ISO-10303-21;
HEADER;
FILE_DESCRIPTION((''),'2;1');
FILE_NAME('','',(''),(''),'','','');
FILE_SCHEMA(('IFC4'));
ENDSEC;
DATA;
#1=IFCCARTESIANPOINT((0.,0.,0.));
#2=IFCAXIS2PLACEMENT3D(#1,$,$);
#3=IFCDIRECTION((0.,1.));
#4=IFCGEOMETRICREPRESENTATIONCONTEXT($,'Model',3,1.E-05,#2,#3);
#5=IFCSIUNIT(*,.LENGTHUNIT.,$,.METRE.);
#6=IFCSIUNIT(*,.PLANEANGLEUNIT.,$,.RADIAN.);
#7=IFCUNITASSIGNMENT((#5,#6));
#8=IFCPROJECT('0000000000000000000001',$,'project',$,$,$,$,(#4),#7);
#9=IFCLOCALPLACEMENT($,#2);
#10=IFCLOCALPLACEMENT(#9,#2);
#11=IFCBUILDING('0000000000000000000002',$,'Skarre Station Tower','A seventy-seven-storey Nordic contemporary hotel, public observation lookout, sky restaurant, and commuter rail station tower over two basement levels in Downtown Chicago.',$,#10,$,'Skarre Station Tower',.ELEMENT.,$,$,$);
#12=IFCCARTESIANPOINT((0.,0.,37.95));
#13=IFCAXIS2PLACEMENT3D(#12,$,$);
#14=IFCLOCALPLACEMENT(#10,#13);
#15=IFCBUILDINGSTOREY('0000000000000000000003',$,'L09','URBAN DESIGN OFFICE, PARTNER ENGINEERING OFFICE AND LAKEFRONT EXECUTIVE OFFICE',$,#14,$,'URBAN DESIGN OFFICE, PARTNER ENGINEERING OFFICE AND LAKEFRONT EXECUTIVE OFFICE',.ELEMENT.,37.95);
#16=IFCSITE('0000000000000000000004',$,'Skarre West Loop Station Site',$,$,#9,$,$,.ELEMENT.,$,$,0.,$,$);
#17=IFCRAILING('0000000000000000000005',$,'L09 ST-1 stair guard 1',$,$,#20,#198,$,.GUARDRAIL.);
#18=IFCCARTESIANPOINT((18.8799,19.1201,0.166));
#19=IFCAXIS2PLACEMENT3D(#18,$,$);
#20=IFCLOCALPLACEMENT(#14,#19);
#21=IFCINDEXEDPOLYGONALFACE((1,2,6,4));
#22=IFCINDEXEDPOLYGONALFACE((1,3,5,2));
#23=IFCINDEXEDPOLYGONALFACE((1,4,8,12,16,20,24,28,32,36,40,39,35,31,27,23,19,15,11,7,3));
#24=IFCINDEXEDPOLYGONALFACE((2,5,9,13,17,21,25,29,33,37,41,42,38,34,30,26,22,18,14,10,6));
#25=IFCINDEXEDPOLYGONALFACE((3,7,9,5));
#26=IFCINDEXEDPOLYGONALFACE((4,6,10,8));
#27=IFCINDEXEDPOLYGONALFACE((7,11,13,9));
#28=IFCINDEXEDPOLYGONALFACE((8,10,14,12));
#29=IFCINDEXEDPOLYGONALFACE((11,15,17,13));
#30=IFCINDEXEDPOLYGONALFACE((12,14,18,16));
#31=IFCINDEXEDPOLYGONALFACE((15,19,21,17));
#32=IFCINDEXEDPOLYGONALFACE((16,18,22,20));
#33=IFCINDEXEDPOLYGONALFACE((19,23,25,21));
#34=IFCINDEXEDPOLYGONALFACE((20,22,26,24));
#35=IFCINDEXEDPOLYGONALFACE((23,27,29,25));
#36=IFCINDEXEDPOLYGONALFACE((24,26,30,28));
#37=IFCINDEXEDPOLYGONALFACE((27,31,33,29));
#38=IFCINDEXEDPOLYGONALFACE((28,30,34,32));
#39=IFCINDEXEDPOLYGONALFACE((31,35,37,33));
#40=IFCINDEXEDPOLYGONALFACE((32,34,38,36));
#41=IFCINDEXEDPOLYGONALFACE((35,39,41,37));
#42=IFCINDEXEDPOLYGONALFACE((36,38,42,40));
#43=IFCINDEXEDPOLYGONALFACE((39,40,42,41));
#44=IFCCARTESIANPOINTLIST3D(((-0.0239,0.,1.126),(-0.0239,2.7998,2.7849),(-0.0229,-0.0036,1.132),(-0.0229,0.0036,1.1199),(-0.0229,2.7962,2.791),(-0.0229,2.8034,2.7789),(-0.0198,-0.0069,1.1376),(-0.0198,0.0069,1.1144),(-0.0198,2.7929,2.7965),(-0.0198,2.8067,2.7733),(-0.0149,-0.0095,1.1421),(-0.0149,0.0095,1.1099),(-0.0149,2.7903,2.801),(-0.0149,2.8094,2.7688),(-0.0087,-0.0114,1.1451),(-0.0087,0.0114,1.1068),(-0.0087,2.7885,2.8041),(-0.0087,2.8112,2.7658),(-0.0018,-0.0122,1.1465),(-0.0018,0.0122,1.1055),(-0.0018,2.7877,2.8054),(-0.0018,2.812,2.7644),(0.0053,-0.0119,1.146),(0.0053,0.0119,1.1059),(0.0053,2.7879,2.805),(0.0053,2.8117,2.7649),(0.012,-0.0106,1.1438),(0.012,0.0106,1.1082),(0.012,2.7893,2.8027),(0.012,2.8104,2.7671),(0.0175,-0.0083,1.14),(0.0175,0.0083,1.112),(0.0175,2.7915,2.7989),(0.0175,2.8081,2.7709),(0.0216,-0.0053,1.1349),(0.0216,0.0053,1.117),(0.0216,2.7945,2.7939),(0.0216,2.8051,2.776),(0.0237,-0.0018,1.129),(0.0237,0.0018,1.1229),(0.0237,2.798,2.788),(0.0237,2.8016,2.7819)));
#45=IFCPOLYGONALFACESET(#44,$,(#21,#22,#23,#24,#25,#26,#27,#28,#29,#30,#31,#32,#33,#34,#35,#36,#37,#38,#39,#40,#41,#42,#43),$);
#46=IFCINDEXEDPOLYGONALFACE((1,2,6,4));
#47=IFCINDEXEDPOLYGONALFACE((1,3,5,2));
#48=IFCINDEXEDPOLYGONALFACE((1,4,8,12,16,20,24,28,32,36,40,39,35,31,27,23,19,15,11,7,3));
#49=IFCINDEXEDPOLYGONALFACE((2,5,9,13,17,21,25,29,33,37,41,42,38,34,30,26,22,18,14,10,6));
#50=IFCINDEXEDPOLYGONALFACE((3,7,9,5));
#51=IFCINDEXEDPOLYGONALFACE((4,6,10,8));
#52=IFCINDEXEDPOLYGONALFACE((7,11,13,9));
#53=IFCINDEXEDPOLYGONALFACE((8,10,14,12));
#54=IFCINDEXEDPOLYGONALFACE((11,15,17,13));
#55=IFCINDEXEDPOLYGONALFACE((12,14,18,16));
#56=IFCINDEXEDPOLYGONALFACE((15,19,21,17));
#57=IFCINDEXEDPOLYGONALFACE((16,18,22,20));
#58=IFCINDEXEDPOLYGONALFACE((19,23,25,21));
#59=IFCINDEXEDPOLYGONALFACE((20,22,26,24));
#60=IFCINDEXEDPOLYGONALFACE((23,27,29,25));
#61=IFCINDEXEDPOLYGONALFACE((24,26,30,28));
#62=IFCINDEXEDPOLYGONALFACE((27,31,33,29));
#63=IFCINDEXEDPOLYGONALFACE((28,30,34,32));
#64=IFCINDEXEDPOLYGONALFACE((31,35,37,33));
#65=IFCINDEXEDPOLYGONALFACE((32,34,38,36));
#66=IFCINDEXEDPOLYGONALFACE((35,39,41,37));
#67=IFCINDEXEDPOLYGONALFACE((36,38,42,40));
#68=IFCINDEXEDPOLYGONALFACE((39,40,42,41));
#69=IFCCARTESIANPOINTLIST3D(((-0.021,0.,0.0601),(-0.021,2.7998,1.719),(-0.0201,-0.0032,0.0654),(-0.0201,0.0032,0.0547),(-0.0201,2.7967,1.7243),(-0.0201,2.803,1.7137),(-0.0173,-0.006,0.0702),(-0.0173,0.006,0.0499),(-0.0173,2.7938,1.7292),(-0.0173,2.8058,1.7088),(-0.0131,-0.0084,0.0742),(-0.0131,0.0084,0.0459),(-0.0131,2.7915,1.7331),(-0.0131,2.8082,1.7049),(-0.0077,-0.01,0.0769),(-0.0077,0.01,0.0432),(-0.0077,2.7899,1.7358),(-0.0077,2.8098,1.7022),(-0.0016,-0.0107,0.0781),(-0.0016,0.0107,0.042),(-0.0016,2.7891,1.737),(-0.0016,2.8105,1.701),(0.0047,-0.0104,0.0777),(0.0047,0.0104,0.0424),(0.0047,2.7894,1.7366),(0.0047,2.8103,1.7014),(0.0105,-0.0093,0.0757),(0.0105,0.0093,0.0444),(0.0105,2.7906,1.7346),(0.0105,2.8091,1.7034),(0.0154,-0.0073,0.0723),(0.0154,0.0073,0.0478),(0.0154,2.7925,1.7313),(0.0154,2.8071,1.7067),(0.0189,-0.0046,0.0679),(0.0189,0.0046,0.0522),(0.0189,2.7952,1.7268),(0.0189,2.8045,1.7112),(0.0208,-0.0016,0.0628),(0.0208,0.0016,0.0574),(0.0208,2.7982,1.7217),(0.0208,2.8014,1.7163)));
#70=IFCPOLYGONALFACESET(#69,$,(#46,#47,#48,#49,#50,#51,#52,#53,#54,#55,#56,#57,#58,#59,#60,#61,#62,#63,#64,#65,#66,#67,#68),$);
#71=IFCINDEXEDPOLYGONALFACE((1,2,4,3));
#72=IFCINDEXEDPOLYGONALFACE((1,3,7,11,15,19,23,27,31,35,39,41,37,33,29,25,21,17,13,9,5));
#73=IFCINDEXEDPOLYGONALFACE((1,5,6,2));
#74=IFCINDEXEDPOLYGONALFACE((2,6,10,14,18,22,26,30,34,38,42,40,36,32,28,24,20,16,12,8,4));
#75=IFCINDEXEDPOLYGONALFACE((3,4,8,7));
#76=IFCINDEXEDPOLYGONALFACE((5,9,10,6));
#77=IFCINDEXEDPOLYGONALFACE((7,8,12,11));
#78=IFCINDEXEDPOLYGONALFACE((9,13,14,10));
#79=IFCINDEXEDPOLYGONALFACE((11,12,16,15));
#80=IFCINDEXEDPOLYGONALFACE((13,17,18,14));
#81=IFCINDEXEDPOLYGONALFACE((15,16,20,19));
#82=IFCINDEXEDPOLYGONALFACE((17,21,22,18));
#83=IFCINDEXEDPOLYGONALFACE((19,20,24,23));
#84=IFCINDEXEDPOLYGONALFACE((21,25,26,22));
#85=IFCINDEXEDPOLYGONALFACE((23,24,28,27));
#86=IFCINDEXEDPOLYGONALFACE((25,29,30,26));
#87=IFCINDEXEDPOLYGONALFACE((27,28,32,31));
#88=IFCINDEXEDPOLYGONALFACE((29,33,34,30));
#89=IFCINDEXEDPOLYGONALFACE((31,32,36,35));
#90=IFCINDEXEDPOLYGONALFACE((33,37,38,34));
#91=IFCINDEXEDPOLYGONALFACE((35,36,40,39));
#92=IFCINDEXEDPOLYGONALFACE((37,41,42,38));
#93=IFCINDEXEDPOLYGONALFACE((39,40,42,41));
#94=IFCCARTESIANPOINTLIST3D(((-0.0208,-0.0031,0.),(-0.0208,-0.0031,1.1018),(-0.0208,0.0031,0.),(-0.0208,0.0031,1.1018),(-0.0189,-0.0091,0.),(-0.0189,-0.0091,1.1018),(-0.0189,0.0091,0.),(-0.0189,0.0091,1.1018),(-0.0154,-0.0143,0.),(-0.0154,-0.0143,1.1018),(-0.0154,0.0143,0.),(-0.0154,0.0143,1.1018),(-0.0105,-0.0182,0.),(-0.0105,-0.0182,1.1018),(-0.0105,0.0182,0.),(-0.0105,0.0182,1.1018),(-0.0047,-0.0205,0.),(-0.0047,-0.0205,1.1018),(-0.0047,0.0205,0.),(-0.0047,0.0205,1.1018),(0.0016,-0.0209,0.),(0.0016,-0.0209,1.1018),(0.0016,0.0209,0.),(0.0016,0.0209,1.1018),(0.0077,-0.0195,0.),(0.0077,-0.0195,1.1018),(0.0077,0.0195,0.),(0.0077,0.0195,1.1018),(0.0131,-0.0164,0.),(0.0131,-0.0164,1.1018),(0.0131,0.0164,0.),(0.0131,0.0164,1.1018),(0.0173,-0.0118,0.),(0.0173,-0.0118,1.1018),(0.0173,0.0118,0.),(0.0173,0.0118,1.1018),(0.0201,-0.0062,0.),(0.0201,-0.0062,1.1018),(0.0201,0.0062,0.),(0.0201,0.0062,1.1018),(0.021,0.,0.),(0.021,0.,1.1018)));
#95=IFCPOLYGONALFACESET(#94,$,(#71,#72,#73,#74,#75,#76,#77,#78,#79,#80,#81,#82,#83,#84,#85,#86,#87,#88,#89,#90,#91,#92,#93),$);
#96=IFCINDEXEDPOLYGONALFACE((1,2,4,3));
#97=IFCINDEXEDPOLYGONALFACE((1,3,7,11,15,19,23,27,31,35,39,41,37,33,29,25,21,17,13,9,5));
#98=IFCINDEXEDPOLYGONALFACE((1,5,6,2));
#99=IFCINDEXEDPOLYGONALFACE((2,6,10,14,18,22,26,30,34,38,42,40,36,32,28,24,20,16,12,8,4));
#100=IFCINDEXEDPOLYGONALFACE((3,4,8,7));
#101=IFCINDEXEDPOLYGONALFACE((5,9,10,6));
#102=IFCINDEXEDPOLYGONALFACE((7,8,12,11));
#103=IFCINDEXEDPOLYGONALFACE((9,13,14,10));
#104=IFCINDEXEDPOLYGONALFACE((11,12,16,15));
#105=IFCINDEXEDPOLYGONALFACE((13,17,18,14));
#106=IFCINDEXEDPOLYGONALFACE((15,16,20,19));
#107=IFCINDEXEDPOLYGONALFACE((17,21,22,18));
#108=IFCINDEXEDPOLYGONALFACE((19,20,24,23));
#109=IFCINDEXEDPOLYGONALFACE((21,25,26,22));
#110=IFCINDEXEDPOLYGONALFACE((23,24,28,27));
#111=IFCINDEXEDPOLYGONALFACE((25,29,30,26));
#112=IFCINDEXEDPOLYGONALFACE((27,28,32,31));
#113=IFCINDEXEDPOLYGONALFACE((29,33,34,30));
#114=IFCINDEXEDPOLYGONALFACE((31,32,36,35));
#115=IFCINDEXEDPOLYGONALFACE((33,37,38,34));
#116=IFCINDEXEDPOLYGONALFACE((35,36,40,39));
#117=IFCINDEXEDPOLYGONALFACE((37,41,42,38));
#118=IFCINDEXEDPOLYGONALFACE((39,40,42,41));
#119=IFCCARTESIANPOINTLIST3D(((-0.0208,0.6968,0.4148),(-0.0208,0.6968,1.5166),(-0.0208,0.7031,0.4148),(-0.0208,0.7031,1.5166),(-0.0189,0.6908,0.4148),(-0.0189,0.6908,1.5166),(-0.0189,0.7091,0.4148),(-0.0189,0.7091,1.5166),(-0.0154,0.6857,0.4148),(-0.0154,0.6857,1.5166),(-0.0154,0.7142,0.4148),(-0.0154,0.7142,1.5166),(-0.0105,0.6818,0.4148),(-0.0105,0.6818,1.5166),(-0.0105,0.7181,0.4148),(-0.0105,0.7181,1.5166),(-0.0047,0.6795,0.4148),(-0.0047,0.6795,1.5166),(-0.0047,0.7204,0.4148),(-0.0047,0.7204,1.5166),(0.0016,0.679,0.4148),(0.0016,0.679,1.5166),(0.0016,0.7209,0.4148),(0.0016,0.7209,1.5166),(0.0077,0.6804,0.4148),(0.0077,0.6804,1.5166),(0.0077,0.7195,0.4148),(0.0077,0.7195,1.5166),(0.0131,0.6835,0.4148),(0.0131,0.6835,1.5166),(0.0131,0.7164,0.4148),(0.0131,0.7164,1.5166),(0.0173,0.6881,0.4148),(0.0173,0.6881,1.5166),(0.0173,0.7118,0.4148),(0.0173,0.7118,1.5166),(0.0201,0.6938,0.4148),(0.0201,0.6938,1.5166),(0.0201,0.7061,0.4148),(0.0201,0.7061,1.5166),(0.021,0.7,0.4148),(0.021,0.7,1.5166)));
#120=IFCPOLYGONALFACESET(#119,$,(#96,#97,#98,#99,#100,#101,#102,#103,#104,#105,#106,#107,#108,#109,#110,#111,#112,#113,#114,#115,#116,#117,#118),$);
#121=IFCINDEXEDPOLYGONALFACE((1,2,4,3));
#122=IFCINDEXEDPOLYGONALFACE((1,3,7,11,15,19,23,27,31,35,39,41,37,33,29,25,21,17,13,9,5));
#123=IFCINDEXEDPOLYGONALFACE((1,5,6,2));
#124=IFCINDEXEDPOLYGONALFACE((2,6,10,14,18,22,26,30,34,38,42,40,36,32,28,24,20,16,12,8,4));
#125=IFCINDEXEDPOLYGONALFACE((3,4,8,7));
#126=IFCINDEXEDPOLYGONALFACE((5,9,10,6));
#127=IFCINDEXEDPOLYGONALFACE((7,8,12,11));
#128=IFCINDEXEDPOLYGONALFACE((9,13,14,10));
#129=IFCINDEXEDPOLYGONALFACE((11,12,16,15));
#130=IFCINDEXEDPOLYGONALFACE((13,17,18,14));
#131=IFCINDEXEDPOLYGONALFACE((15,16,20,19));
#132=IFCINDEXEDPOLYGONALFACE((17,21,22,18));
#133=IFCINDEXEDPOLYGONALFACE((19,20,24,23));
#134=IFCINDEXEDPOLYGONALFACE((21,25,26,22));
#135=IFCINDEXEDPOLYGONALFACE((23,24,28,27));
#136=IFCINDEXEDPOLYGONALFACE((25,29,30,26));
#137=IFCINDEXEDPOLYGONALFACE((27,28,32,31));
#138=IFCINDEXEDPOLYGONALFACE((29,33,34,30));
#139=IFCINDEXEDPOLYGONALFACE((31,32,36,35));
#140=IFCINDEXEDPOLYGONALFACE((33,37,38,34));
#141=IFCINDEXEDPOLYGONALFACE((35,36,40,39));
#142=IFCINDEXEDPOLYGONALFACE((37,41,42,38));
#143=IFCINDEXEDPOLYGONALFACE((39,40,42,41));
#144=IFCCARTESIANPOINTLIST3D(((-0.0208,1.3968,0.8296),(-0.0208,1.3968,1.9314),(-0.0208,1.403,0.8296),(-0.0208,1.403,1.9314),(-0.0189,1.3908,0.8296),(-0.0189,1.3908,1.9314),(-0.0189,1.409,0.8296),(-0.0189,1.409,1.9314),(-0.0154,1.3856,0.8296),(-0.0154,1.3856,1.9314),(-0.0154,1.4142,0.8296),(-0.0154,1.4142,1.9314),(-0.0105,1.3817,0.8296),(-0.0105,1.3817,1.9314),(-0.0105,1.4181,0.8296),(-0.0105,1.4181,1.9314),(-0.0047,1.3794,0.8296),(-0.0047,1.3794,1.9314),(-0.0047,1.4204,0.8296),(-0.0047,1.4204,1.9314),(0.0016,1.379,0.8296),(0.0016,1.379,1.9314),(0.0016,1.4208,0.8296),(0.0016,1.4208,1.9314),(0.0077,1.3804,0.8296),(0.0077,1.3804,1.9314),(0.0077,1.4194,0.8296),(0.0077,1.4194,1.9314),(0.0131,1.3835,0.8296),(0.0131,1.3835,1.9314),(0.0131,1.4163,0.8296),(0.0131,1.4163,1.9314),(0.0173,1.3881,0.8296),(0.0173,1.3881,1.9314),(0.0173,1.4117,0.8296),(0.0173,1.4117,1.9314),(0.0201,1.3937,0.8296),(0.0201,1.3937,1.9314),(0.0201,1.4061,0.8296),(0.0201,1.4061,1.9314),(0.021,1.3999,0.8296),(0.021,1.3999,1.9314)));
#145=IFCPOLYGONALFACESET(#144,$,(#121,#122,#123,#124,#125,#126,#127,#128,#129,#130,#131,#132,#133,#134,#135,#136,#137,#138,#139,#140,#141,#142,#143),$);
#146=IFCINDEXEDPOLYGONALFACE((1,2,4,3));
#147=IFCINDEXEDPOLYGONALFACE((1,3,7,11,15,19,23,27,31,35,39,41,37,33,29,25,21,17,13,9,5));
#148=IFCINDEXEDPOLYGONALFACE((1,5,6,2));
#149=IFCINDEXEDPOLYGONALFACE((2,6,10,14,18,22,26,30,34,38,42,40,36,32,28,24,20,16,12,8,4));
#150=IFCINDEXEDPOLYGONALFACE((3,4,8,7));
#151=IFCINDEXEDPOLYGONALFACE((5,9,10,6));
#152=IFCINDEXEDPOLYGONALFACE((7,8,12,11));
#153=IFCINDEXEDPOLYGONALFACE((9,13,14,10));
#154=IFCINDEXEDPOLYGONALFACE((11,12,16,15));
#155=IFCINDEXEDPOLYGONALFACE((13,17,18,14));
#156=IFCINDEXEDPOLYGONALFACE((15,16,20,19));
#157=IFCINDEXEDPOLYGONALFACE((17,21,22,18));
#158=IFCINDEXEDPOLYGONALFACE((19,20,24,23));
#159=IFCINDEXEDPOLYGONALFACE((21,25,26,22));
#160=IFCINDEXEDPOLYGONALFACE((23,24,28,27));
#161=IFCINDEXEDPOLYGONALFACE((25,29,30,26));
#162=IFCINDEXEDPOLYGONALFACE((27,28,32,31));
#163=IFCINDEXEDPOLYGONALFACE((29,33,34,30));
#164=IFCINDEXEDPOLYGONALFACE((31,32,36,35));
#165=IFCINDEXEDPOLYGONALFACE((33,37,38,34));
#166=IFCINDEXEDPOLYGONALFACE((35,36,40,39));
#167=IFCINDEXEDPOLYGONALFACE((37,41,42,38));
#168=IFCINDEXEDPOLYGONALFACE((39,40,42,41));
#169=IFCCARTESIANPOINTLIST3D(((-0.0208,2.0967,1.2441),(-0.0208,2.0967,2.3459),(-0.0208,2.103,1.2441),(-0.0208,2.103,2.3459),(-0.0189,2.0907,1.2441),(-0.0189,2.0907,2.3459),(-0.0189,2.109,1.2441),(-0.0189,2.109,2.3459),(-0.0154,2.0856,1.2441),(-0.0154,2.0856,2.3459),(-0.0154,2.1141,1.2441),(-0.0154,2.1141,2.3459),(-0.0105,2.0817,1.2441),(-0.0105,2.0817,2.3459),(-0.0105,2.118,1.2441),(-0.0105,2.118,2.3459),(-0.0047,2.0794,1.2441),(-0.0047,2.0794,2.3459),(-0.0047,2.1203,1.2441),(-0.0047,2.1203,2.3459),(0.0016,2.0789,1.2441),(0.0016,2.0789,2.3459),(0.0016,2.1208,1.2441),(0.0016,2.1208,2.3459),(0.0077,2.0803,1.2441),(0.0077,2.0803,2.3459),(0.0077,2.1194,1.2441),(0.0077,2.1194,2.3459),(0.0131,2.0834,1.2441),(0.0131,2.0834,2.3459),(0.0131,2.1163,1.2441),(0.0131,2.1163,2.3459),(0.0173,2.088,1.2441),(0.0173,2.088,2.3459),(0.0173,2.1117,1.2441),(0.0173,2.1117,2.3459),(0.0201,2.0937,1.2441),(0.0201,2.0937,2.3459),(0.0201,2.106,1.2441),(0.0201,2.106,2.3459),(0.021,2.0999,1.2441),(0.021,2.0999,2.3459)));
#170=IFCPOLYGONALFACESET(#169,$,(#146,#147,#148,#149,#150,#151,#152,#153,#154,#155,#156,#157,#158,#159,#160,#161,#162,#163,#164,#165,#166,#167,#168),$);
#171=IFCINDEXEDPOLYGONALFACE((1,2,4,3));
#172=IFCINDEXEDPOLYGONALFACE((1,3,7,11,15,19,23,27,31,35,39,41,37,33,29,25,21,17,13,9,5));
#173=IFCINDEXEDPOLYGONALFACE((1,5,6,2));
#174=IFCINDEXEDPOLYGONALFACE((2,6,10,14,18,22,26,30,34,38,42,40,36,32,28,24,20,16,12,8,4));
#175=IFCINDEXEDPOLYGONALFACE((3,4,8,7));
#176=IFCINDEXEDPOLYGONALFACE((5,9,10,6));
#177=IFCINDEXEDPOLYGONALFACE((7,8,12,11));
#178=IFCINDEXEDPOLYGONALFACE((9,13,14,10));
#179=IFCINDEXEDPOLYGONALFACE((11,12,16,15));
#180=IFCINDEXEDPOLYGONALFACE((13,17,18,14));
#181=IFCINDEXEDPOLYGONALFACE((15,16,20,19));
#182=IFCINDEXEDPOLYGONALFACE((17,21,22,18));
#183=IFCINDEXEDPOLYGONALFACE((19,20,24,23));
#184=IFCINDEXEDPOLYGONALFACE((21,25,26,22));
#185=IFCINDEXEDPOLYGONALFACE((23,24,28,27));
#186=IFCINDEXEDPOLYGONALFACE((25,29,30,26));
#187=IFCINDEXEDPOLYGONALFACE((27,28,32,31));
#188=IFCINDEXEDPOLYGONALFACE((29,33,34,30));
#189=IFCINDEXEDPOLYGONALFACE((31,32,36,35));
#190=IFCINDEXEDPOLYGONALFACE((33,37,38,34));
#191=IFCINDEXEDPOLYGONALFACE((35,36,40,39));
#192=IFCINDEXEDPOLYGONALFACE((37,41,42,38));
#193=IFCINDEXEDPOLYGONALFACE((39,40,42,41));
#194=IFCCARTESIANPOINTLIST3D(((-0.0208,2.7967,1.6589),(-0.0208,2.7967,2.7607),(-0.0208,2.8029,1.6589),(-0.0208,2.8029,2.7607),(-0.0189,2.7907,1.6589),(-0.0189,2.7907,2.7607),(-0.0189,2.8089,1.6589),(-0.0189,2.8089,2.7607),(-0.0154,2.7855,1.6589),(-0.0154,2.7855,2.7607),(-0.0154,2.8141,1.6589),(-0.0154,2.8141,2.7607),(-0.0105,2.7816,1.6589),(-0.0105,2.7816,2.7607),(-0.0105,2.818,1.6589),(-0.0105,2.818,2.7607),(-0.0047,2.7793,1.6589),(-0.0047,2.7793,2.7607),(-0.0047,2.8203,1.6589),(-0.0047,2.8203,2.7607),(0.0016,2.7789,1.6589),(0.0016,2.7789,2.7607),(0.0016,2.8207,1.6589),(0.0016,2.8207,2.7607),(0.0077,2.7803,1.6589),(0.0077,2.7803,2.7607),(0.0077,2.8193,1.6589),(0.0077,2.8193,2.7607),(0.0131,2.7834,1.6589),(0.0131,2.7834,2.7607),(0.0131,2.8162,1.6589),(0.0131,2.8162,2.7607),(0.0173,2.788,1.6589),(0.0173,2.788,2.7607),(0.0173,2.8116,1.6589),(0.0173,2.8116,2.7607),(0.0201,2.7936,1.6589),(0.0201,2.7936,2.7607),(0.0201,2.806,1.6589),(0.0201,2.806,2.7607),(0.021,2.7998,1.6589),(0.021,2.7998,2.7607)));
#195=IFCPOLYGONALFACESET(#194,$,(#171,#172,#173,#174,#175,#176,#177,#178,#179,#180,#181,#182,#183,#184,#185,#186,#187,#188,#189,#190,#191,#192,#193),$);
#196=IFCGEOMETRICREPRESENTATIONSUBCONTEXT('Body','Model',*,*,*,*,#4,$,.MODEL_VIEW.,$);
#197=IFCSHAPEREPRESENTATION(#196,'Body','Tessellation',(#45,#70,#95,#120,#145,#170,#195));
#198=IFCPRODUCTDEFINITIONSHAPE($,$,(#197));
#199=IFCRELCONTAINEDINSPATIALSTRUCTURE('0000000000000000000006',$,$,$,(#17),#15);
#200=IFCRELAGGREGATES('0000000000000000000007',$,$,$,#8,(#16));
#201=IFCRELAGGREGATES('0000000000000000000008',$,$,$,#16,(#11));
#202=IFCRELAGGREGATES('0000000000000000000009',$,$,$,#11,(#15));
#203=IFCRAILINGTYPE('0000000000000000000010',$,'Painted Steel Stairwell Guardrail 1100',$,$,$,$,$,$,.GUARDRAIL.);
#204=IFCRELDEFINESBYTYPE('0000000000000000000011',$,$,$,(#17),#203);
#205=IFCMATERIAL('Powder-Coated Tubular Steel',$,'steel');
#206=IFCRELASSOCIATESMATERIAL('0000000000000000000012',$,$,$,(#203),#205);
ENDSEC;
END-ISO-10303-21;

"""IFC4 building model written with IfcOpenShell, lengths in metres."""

from ifc_helpers import new_model, si_unit, direction, frame, origin, origin_2d, place, context, subcontext, project, spatial, circle, extrude, material, type_object, element, save


model = new_model("IFC4")

# Units and contexts
model_context = context("Model", 3, precision=1e-05, world=origin(), true_north=direction((0.0, 1.0)))
body_context = subcontext(model_context, "Body", "Model", "MODEL_VIEW")
ifc_project = project(units=[si_unit("LENGTHUNIT", "METRE"), si_unit("PLANEANGLEUNIT", "RADIAN")], contexts=[model_context])

# Site, building, storey
site_placement = place(None, origin())
site = spatial("IfcSite", under=ifc_project, at=site_placement, Name="Skarre West Loop Station Site", CompositionType="ELEMENT", RefElevation=0.0)
building_placement = place(site_placement, origin())
building = spatial("IfcBuilding", under=site, at=building_placement, Name="Skarre Station Tower", Description="A seventy-seven-storey Nordic contemporary hotel, public observation lookout, sky restaurant, and commuter rail station tower over two basement levels in Downtown Chicago.", LongName="Skarre Station Tower", CompositionType="ELEMENT")
storey_placement = place(building_placement, frame((0.0, 0.0, 37.95)))
storey = spatial("IfcBuildingStorey", under=building, at=storey_placement, Name="L09", Description="URBAN DESIGN OFFICE, PARTNER ENGINEERING OFFICE AND LAKEFRONT EXECUTIVE OFFICE", LongName="URBAN DESIGN OFFICE, PARTNER ENGINEERING OFFICE AND LAKEFRONT EXECUTIVE OFFICE", CompositionType="ELEMENT", Elevation=37.95)

# Railing
ifc_material_1 = material(Name="Powder-Coated Tubular Steel", Category="steel")
railing_type = type_object("IfcRailingType", Name="Painted Steel Stairwell Guardrail 1100", PredefinedType="GUARDRAIL", material=ifc_material_1)
railing_1_placement = place(storey_placement, frame((18.8799, 19.1201, 0.166)))
element("IfcRailing", 1, at=railing_1_placement, inside=storey, type_object=railing_type, Name="L09 ST-1 stair guard 1", PredefinedType="GUARDRAIL", context=body_context, shape_type="SweptSolid", body=[
    extrude(circle(Radius=0.0239, at=origin_2d()), frame((0.0, 0.0, 1.126), z_axis=(0.0, 0.86032, 0.509755), x_axis=(-1.0, 0.0, 0.0)), (0.0, 0.0, 1.0), 3.2544),
    extrude(circle(Radius=0.021, at=origin_2d()), frame((0.0, 0.0, 0.0601), z_axis=(0.0, 0.86032, 0.509755), x_axis=(-1.0, 0.0, 0.0)), (0.0, 0.0, 1.0), 3.2544),
    extrude(circle(Radius=0.021, at=origin_2d()), origin(), (0.0, 0.0, 1.0), 1.1018),
    extrude(circle(Radius=0.021, at=origin_2d()), frame((0.0, 0.7, 0.4148)), (0.0, 0.0, 1.0), 1.1018),
    extrude(circle(Radius=0.021, at=origin_2d()), frame((0.0, 1.3999, 0.8296)), (0.0, 0.0, 1.0), 1.1018),
    extrude(circle(Radius=0.021, at=origin_2d()), frame((0.0, 2.0999, 1.2441)), (0.0, 0.0, 1.0), 1.1018),
    extrude(circle(Radius=0.021, at=origin_2d()), frame((0.0, 2.7998, 1.6589)), (0.0, 0.0, 1.0), 1.1018),
])

save(model, "model.ifc")
